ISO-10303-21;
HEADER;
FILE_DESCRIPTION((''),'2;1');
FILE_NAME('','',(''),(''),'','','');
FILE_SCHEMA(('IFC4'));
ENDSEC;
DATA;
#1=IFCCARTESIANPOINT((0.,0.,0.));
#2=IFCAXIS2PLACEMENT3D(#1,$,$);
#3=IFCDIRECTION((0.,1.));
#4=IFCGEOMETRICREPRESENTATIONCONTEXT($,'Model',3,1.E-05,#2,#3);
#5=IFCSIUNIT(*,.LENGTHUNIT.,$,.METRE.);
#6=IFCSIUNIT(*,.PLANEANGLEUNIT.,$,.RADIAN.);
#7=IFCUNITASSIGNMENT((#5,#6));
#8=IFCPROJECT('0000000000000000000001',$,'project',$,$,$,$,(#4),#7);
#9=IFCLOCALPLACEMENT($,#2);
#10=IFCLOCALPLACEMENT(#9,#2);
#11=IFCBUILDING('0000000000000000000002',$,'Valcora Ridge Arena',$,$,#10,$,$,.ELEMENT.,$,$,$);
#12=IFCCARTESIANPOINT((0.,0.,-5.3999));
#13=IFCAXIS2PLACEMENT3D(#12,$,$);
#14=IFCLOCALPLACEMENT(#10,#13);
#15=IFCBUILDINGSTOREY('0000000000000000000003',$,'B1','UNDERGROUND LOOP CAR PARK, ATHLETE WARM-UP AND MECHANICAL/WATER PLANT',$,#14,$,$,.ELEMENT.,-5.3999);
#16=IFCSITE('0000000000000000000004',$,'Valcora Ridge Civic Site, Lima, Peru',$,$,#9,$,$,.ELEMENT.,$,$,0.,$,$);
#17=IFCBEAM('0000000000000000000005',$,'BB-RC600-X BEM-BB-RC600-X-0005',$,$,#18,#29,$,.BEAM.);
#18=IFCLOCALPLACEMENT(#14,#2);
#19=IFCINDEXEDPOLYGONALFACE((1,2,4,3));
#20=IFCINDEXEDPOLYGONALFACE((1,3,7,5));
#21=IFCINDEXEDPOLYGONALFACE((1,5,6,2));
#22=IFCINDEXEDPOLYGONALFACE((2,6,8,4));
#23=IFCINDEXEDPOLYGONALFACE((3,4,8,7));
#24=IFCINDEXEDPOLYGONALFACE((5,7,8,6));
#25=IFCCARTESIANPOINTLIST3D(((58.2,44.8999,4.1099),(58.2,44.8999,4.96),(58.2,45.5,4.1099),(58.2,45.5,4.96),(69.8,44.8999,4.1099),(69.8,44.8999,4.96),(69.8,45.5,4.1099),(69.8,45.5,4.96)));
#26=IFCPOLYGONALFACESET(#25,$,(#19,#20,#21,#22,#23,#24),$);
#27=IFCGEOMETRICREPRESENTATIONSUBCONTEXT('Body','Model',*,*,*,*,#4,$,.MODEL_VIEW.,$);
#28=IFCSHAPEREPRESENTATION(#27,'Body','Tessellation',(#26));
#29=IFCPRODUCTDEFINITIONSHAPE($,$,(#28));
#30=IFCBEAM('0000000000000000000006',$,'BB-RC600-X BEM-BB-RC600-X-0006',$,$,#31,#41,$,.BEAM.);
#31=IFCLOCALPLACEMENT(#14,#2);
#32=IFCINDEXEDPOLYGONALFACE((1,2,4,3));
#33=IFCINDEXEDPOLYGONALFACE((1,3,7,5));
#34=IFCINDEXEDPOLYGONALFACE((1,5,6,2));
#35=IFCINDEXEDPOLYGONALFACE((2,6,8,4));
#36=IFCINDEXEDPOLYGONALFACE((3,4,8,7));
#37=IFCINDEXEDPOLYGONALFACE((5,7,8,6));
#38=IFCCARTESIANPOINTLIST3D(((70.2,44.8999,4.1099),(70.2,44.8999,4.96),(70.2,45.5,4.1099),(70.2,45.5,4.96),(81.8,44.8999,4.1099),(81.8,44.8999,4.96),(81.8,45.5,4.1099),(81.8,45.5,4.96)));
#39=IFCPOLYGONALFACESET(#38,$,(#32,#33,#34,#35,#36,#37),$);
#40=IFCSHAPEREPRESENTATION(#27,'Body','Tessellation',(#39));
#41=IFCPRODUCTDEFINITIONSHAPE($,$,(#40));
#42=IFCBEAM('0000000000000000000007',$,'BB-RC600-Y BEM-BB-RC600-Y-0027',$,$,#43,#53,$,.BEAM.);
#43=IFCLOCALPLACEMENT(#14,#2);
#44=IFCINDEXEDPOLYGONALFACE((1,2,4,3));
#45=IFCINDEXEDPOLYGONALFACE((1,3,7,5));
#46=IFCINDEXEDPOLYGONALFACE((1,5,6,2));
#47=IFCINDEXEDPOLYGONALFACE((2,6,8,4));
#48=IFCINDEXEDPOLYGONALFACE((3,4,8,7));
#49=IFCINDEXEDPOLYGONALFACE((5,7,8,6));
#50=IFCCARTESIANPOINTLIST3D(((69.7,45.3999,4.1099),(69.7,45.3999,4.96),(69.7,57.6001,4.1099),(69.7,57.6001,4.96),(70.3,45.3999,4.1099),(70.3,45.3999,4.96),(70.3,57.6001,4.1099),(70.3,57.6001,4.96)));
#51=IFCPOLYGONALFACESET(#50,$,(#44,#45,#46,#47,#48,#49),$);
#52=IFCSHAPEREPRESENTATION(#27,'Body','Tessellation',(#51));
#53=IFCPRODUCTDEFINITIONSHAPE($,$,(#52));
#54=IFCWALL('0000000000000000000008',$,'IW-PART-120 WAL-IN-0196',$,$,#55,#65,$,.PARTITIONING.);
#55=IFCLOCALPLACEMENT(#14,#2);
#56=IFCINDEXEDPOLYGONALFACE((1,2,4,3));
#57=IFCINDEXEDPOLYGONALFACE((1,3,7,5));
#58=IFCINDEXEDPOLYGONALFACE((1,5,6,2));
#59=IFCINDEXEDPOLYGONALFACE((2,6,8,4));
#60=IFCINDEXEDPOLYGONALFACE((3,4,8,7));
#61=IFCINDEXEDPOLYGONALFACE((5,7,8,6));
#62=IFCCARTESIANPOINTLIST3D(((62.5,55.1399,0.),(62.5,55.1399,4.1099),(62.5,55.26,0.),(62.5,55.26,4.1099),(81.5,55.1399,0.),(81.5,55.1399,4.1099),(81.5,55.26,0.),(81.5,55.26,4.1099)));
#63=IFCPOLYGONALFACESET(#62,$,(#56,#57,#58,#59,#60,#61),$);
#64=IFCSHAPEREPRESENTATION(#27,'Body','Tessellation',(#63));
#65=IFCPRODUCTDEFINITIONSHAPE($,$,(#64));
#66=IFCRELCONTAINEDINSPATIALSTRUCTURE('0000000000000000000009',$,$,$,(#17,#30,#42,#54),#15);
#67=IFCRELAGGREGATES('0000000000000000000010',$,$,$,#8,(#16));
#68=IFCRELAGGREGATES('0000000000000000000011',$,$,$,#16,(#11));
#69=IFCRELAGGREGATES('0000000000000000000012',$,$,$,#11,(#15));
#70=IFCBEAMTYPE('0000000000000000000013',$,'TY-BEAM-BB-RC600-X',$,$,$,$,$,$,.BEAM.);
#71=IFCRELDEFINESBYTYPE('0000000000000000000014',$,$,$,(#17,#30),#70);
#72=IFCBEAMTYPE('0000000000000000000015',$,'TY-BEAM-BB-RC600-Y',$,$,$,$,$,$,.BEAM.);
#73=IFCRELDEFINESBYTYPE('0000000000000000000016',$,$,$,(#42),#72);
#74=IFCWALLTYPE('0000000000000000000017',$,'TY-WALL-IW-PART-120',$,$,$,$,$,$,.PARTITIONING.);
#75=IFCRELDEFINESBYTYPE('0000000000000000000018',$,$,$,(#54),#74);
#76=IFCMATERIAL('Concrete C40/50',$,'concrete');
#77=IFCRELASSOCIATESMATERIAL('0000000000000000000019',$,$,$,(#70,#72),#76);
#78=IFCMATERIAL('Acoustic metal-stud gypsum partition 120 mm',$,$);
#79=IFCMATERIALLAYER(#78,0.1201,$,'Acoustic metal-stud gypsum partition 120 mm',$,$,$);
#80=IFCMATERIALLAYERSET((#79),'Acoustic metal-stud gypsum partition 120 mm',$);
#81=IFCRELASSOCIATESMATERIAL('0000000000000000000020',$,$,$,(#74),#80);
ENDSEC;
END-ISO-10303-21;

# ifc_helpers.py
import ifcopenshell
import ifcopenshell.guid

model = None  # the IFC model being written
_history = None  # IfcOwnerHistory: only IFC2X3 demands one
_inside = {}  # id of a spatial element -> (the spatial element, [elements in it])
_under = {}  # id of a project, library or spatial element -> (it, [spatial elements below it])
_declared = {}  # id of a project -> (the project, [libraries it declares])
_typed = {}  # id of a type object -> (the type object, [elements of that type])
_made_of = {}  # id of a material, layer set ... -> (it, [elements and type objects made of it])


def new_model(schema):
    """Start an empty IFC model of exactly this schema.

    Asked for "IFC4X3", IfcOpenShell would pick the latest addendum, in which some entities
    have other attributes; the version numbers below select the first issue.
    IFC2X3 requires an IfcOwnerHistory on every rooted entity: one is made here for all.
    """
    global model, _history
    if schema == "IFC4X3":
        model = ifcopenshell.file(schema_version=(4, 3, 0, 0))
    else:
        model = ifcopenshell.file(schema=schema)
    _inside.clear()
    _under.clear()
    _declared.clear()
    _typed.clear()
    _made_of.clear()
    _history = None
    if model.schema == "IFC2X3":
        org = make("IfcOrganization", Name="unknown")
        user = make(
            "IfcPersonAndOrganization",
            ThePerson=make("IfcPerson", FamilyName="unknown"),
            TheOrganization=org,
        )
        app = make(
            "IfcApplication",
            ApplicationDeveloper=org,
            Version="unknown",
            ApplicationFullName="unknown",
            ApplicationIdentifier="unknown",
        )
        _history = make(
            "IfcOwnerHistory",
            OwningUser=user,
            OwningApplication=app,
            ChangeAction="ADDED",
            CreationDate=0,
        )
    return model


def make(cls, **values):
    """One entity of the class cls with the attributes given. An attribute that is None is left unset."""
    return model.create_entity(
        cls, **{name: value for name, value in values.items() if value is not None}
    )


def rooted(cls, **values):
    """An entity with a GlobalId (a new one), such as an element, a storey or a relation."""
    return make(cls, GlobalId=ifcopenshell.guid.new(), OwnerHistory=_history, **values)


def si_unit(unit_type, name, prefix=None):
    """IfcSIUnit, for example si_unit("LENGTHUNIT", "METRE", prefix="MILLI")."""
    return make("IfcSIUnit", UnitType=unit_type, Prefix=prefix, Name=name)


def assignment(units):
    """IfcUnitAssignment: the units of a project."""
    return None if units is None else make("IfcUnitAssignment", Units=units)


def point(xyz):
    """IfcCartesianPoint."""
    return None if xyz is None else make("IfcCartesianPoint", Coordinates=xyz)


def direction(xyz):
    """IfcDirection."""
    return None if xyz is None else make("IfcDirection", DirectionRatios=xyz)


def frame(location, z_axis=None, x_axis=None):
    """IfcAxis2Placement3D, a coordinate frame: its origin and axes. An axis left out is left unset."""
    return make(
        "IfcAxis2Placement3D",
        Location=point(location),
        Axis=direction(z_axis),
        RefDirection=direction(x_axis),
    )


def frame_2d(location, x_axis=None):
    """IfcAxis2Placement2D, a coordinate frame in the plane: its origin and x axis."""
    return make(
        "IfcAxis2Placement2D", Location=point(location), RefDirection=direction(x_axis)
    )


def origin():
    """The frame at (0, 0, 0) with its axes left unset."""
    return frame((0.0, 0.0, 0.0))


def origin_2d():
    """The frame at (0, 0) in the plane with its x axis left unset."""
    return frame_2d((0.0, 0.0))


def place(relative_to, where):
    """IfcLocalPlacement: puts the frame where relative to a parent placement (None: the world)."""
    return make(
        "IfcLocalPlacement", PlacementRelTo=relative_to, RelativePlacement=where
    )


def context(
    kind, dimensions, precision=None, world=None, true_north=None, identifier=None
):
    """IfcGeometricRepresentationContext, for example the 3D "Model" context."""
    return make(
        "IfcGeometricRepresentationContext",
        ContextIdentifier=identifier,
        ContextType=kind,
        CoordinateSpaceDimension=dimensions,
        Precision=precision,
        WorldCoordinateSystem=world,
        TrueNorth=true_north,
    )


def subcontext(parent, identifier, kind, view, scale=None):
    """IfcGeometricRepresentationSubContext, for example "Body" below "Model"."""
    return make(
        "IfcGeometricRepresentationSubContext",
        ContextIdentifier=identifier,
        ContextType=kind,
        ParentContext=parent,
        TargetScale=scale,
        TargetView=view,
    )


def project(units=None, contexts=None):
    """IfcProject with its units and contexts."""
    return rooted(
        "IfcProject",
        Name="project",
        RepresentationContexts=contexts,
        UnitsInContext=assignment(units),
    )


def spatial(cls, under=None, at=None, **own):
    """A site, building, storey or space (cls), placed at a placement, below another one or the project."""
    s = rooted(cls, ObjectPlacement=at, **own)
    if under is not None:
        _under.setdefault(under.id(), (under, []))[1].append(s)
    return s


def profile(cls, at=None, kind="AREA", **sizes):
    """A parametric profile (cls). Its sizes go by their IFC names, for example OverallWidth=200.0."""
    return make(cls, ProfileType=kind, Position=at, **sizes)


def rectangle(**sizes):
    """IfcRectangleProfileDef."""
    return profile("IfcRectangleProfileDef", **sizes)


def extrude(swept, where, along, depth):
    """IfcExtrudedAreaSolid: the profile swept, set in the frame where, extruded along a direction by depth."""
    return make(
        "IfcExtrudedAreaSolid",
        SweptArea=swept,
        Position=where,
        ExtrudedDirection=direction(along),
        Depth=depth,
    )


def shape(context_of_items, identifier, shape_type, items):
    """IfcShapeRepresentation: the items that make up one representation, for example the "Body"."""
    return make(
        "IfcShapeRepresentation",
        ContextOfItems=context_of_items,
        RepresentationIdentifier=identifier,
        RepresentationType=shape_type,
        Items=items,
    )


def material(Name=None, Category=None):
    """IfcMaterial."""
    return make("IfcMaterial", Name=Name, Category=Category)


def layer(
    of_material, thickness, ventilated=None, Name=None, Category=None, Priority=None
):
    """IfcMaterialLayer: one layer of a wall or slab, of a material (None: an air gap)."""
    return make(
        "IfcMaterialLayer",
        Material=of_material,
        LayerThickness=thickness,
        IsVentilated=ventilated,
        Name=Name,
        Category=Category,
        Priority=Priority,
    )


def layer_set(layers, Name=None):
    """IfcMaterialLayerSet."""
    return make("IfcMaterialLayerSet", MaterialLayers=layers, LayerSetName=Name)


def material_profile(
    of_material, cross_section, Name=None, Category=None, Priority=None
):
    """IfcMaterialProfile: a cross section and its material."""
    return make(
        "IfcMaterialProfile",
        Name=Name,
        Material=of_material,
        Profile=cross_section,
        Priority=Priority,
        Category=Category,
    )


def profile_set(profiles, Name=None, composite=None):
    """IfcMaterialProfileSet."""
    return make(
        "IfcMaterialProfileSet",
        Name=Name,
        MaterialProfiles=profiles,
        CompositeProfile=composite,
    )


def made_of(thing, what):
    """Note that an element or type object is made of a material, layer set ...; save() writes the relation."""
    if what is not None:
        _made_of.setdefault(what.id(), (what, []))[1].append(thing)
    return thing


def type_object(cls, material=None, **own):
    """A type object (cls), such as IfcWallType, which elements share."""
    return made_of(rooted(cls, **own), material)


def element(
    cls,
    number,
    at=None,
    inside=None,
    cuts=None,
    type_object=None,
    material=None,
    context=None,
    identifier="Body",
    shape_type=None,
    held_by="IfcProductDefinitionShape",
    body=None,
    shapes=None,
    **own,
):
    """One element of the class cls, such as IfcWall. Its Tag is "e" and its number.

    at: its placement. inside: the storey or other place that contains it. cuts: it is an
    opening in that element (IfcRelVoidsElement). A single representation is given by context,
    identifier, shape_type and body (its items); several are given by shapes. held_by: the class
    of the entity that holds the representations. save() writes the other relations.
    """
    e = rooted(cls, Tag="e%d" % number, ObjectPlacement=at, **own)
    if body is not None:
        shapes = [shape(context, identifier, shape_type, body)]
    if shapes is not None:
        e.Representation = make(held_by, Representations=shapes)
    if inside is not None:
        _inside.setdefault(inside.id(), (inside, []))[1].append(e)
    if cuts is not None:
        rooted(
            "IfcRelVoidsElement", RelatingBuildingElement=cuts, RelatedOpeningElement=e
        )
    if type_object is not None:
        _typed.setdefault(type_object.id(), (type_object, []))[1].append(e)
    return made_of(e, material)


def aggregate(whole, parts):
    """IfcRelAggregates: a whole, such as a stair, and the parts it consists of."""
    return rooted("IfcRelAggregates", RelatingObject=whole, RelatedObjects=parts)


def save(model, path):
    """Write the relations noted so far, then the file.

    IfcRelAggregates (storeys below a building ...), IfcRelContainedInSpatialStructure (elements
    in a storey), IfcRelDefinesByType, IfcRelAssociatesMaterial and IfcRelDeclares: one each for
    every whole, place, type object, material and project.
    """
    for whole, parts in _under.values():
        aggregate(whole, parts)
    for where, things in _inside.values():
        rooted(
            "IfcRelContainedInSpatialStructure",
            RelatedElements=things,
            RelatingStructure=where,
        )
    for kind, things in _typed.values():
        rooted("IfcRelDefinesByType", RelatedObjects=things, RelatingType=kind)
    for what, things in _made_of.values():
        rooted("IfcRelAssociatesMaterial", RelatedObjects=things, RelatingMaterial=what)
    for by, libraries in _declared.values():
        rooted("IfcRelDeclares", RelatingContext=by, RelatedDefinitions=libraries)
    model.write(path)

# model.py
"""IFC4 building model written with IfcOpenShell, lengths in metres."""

from ifc_helpers import new_model, si_unit, direction, frame, frame_2d, origin, origin_2d, place, context, subcontext, project, spatial, rectangle, extrude, material, layer, layer_set, material_profile, profile_set, type_object, element, save


model = new_model("IFC4")

# Units and contexts
model_context = context("Model", 3, precision=1e-05, world=origin(), true_north=direction((0.0, 1.0)))
body_context = subcontext(model_context, "Body", "Model", "MODEL_VIEW")
ifc_project = project(units=[si_unit("LENGTHUNIT", "METRE"), si_unit("PLANEANGLEUNIT", "RADIAN")], contexts=[model_context])

# Site, building, storey
site_placement = place(None, origin())
site = spatial("IfcSite", under=ifc_project, at=site_placement, Name="Valcora Ridge Civic Site, Lima, Peru", CompositionType="ELEMENT", RefElevation=0.0)
building_placement = place(site_placement, origin())
building = spatial("IfcBuilding", under=site, at=building_placement, Name="Valcora Ridge Arena", CompositionType="ELEMENT")
storey_placement = place(building_placement, frame((0.0, 0.0, -5.3999)))
storey = spatial("IfcBuildingStorey", under=building, at=storey_placement, Name="B1", Description="UNDERGROUND LOOP CAR PARK, ATHLETE WARM-UP AND MECHANICAL/WATER PLANT", CompositionType="ELEMENT", Elevation=-5.3999)

# Shared definitions
ifc_material_1 = material(Name="Concrete C40/50", Category="concrete")

# Beams
ifc_material_profile_1 = material_profile(ifc_material_1, rectangle(XDim=0.6001, YDim=0.8501, at=origin_2d()), Name="RC 600x850")
ifc_profile_set_1 = profile_set([ifc_material_profile_1], Name="Concrete C40/50")
beam_type_1 = type_object("IfcBeamType", Name="TY-BEAM-BB-RC600-X", PredefinedType="BEAM", material=ifc_profile_set_1)
for number, where, z_axis, x_axis, name in (
    (1, (58.2, 45.2, 4.5349), (1.0, 0.0, 0.0), (0.0, 1.0, 0.0), "BB-RC600-X BEM-BB-RC600-X-0005"),
    (2, (70.2, 45.2, 4.5349), (1.0, 0.0, 0.0), (0.0, 1.0, 0.0), "BB-RC600-X BEM-BB-RC600-X-0006"),
):
    element("IfcBeam", number, at=place(storey_placement, frame(where, z_axis=z_axis, x_axis=x_axis)), inside=storey, type_object=beam_type_1, Name=name, PredefinedType="BEAM", context=body_context, shape_type="SweptSolid", body=[
        extrude(rectangle(XDim=0.6001, YDim=0.8501, at=origin_2d()), origin(), (0.0, 0.0, 1.0), 11.6001),
    ])
ifc_material_profile_2 = material_profile(ifc_material_1, rectangle(XDim=0.6001, YDim=0.8501, at=origin_2d()), Name="RC 600x850")
ifc_profile_set_2 = profile_set([ifc_material_profile_2], Name="Concrete C40/50")
beam_type_2 = type_object("IfcBeamType", Name="TY-BEAM-BB-RC600-Y", PredefinedType="BEAM", material=ifc_profile_set_2)
beam_placement = place(storey_placement, frame((70.0, 45.3999, 4.5349), z_axis=(0.0, 1.0, 0.0), x_axis=(-1.0, 0.0, 0.0)))
element("IfcBeam", 3, at=beam_placement, inside=storey, type_object=beam_type_2, Name="BB-RC600-Y BEM-BB-RC600-Y-0027", PredefinedType="BEAM", context=body_context, shape_type="SweptSolid", body=[
    extrude(rectangle(XDim=0.6001, YDim=0.8501, at=origin_2d()), origin(), (0.0, 0.0, 1.0), 12.2002),
])

# Wall
ifc_material_2 = material(Name="Acoustic metal-stud gypsum partition 120 mm")
ifc_layer_1 = layer(ifc_material_2, 0.1201, Name="Acoustic metal-stud gypsum partition 120 mm")
ifc_layer_set_1 = layer_set([ifc_layer_1], Name="Acoustic metal-stud gypsum partition 120 mm")
wall_type = type_object("IfcWallType", Name="TY-WALL-IW-PART-120", PredefinedType="PARTITIONING", material=ifc_layer_set_1)
wall_placement = place(storey_placement, frame((62.5, 55.2, 0.0), z_axis=(0.0, 0.0, 1.0), x_axis=(1.0, 0.0, 0.0)))
element("IfcWall", 4, at=wall_placement, inside=storey, type_object=wall_type, Name="IW-PART-120 WAL-IN-0196", PredefinedType="PARTITIONING", context=body_context, shape_type="SweptSolid", body=[
    extrude(rectangle(XDim=19.0, YDim=0.1201, at=frame_2d((9.5, 0.0))), origin(), (0.0, 0.0, 1.0), 4.1099),
])

save(model, "model.ifc")
